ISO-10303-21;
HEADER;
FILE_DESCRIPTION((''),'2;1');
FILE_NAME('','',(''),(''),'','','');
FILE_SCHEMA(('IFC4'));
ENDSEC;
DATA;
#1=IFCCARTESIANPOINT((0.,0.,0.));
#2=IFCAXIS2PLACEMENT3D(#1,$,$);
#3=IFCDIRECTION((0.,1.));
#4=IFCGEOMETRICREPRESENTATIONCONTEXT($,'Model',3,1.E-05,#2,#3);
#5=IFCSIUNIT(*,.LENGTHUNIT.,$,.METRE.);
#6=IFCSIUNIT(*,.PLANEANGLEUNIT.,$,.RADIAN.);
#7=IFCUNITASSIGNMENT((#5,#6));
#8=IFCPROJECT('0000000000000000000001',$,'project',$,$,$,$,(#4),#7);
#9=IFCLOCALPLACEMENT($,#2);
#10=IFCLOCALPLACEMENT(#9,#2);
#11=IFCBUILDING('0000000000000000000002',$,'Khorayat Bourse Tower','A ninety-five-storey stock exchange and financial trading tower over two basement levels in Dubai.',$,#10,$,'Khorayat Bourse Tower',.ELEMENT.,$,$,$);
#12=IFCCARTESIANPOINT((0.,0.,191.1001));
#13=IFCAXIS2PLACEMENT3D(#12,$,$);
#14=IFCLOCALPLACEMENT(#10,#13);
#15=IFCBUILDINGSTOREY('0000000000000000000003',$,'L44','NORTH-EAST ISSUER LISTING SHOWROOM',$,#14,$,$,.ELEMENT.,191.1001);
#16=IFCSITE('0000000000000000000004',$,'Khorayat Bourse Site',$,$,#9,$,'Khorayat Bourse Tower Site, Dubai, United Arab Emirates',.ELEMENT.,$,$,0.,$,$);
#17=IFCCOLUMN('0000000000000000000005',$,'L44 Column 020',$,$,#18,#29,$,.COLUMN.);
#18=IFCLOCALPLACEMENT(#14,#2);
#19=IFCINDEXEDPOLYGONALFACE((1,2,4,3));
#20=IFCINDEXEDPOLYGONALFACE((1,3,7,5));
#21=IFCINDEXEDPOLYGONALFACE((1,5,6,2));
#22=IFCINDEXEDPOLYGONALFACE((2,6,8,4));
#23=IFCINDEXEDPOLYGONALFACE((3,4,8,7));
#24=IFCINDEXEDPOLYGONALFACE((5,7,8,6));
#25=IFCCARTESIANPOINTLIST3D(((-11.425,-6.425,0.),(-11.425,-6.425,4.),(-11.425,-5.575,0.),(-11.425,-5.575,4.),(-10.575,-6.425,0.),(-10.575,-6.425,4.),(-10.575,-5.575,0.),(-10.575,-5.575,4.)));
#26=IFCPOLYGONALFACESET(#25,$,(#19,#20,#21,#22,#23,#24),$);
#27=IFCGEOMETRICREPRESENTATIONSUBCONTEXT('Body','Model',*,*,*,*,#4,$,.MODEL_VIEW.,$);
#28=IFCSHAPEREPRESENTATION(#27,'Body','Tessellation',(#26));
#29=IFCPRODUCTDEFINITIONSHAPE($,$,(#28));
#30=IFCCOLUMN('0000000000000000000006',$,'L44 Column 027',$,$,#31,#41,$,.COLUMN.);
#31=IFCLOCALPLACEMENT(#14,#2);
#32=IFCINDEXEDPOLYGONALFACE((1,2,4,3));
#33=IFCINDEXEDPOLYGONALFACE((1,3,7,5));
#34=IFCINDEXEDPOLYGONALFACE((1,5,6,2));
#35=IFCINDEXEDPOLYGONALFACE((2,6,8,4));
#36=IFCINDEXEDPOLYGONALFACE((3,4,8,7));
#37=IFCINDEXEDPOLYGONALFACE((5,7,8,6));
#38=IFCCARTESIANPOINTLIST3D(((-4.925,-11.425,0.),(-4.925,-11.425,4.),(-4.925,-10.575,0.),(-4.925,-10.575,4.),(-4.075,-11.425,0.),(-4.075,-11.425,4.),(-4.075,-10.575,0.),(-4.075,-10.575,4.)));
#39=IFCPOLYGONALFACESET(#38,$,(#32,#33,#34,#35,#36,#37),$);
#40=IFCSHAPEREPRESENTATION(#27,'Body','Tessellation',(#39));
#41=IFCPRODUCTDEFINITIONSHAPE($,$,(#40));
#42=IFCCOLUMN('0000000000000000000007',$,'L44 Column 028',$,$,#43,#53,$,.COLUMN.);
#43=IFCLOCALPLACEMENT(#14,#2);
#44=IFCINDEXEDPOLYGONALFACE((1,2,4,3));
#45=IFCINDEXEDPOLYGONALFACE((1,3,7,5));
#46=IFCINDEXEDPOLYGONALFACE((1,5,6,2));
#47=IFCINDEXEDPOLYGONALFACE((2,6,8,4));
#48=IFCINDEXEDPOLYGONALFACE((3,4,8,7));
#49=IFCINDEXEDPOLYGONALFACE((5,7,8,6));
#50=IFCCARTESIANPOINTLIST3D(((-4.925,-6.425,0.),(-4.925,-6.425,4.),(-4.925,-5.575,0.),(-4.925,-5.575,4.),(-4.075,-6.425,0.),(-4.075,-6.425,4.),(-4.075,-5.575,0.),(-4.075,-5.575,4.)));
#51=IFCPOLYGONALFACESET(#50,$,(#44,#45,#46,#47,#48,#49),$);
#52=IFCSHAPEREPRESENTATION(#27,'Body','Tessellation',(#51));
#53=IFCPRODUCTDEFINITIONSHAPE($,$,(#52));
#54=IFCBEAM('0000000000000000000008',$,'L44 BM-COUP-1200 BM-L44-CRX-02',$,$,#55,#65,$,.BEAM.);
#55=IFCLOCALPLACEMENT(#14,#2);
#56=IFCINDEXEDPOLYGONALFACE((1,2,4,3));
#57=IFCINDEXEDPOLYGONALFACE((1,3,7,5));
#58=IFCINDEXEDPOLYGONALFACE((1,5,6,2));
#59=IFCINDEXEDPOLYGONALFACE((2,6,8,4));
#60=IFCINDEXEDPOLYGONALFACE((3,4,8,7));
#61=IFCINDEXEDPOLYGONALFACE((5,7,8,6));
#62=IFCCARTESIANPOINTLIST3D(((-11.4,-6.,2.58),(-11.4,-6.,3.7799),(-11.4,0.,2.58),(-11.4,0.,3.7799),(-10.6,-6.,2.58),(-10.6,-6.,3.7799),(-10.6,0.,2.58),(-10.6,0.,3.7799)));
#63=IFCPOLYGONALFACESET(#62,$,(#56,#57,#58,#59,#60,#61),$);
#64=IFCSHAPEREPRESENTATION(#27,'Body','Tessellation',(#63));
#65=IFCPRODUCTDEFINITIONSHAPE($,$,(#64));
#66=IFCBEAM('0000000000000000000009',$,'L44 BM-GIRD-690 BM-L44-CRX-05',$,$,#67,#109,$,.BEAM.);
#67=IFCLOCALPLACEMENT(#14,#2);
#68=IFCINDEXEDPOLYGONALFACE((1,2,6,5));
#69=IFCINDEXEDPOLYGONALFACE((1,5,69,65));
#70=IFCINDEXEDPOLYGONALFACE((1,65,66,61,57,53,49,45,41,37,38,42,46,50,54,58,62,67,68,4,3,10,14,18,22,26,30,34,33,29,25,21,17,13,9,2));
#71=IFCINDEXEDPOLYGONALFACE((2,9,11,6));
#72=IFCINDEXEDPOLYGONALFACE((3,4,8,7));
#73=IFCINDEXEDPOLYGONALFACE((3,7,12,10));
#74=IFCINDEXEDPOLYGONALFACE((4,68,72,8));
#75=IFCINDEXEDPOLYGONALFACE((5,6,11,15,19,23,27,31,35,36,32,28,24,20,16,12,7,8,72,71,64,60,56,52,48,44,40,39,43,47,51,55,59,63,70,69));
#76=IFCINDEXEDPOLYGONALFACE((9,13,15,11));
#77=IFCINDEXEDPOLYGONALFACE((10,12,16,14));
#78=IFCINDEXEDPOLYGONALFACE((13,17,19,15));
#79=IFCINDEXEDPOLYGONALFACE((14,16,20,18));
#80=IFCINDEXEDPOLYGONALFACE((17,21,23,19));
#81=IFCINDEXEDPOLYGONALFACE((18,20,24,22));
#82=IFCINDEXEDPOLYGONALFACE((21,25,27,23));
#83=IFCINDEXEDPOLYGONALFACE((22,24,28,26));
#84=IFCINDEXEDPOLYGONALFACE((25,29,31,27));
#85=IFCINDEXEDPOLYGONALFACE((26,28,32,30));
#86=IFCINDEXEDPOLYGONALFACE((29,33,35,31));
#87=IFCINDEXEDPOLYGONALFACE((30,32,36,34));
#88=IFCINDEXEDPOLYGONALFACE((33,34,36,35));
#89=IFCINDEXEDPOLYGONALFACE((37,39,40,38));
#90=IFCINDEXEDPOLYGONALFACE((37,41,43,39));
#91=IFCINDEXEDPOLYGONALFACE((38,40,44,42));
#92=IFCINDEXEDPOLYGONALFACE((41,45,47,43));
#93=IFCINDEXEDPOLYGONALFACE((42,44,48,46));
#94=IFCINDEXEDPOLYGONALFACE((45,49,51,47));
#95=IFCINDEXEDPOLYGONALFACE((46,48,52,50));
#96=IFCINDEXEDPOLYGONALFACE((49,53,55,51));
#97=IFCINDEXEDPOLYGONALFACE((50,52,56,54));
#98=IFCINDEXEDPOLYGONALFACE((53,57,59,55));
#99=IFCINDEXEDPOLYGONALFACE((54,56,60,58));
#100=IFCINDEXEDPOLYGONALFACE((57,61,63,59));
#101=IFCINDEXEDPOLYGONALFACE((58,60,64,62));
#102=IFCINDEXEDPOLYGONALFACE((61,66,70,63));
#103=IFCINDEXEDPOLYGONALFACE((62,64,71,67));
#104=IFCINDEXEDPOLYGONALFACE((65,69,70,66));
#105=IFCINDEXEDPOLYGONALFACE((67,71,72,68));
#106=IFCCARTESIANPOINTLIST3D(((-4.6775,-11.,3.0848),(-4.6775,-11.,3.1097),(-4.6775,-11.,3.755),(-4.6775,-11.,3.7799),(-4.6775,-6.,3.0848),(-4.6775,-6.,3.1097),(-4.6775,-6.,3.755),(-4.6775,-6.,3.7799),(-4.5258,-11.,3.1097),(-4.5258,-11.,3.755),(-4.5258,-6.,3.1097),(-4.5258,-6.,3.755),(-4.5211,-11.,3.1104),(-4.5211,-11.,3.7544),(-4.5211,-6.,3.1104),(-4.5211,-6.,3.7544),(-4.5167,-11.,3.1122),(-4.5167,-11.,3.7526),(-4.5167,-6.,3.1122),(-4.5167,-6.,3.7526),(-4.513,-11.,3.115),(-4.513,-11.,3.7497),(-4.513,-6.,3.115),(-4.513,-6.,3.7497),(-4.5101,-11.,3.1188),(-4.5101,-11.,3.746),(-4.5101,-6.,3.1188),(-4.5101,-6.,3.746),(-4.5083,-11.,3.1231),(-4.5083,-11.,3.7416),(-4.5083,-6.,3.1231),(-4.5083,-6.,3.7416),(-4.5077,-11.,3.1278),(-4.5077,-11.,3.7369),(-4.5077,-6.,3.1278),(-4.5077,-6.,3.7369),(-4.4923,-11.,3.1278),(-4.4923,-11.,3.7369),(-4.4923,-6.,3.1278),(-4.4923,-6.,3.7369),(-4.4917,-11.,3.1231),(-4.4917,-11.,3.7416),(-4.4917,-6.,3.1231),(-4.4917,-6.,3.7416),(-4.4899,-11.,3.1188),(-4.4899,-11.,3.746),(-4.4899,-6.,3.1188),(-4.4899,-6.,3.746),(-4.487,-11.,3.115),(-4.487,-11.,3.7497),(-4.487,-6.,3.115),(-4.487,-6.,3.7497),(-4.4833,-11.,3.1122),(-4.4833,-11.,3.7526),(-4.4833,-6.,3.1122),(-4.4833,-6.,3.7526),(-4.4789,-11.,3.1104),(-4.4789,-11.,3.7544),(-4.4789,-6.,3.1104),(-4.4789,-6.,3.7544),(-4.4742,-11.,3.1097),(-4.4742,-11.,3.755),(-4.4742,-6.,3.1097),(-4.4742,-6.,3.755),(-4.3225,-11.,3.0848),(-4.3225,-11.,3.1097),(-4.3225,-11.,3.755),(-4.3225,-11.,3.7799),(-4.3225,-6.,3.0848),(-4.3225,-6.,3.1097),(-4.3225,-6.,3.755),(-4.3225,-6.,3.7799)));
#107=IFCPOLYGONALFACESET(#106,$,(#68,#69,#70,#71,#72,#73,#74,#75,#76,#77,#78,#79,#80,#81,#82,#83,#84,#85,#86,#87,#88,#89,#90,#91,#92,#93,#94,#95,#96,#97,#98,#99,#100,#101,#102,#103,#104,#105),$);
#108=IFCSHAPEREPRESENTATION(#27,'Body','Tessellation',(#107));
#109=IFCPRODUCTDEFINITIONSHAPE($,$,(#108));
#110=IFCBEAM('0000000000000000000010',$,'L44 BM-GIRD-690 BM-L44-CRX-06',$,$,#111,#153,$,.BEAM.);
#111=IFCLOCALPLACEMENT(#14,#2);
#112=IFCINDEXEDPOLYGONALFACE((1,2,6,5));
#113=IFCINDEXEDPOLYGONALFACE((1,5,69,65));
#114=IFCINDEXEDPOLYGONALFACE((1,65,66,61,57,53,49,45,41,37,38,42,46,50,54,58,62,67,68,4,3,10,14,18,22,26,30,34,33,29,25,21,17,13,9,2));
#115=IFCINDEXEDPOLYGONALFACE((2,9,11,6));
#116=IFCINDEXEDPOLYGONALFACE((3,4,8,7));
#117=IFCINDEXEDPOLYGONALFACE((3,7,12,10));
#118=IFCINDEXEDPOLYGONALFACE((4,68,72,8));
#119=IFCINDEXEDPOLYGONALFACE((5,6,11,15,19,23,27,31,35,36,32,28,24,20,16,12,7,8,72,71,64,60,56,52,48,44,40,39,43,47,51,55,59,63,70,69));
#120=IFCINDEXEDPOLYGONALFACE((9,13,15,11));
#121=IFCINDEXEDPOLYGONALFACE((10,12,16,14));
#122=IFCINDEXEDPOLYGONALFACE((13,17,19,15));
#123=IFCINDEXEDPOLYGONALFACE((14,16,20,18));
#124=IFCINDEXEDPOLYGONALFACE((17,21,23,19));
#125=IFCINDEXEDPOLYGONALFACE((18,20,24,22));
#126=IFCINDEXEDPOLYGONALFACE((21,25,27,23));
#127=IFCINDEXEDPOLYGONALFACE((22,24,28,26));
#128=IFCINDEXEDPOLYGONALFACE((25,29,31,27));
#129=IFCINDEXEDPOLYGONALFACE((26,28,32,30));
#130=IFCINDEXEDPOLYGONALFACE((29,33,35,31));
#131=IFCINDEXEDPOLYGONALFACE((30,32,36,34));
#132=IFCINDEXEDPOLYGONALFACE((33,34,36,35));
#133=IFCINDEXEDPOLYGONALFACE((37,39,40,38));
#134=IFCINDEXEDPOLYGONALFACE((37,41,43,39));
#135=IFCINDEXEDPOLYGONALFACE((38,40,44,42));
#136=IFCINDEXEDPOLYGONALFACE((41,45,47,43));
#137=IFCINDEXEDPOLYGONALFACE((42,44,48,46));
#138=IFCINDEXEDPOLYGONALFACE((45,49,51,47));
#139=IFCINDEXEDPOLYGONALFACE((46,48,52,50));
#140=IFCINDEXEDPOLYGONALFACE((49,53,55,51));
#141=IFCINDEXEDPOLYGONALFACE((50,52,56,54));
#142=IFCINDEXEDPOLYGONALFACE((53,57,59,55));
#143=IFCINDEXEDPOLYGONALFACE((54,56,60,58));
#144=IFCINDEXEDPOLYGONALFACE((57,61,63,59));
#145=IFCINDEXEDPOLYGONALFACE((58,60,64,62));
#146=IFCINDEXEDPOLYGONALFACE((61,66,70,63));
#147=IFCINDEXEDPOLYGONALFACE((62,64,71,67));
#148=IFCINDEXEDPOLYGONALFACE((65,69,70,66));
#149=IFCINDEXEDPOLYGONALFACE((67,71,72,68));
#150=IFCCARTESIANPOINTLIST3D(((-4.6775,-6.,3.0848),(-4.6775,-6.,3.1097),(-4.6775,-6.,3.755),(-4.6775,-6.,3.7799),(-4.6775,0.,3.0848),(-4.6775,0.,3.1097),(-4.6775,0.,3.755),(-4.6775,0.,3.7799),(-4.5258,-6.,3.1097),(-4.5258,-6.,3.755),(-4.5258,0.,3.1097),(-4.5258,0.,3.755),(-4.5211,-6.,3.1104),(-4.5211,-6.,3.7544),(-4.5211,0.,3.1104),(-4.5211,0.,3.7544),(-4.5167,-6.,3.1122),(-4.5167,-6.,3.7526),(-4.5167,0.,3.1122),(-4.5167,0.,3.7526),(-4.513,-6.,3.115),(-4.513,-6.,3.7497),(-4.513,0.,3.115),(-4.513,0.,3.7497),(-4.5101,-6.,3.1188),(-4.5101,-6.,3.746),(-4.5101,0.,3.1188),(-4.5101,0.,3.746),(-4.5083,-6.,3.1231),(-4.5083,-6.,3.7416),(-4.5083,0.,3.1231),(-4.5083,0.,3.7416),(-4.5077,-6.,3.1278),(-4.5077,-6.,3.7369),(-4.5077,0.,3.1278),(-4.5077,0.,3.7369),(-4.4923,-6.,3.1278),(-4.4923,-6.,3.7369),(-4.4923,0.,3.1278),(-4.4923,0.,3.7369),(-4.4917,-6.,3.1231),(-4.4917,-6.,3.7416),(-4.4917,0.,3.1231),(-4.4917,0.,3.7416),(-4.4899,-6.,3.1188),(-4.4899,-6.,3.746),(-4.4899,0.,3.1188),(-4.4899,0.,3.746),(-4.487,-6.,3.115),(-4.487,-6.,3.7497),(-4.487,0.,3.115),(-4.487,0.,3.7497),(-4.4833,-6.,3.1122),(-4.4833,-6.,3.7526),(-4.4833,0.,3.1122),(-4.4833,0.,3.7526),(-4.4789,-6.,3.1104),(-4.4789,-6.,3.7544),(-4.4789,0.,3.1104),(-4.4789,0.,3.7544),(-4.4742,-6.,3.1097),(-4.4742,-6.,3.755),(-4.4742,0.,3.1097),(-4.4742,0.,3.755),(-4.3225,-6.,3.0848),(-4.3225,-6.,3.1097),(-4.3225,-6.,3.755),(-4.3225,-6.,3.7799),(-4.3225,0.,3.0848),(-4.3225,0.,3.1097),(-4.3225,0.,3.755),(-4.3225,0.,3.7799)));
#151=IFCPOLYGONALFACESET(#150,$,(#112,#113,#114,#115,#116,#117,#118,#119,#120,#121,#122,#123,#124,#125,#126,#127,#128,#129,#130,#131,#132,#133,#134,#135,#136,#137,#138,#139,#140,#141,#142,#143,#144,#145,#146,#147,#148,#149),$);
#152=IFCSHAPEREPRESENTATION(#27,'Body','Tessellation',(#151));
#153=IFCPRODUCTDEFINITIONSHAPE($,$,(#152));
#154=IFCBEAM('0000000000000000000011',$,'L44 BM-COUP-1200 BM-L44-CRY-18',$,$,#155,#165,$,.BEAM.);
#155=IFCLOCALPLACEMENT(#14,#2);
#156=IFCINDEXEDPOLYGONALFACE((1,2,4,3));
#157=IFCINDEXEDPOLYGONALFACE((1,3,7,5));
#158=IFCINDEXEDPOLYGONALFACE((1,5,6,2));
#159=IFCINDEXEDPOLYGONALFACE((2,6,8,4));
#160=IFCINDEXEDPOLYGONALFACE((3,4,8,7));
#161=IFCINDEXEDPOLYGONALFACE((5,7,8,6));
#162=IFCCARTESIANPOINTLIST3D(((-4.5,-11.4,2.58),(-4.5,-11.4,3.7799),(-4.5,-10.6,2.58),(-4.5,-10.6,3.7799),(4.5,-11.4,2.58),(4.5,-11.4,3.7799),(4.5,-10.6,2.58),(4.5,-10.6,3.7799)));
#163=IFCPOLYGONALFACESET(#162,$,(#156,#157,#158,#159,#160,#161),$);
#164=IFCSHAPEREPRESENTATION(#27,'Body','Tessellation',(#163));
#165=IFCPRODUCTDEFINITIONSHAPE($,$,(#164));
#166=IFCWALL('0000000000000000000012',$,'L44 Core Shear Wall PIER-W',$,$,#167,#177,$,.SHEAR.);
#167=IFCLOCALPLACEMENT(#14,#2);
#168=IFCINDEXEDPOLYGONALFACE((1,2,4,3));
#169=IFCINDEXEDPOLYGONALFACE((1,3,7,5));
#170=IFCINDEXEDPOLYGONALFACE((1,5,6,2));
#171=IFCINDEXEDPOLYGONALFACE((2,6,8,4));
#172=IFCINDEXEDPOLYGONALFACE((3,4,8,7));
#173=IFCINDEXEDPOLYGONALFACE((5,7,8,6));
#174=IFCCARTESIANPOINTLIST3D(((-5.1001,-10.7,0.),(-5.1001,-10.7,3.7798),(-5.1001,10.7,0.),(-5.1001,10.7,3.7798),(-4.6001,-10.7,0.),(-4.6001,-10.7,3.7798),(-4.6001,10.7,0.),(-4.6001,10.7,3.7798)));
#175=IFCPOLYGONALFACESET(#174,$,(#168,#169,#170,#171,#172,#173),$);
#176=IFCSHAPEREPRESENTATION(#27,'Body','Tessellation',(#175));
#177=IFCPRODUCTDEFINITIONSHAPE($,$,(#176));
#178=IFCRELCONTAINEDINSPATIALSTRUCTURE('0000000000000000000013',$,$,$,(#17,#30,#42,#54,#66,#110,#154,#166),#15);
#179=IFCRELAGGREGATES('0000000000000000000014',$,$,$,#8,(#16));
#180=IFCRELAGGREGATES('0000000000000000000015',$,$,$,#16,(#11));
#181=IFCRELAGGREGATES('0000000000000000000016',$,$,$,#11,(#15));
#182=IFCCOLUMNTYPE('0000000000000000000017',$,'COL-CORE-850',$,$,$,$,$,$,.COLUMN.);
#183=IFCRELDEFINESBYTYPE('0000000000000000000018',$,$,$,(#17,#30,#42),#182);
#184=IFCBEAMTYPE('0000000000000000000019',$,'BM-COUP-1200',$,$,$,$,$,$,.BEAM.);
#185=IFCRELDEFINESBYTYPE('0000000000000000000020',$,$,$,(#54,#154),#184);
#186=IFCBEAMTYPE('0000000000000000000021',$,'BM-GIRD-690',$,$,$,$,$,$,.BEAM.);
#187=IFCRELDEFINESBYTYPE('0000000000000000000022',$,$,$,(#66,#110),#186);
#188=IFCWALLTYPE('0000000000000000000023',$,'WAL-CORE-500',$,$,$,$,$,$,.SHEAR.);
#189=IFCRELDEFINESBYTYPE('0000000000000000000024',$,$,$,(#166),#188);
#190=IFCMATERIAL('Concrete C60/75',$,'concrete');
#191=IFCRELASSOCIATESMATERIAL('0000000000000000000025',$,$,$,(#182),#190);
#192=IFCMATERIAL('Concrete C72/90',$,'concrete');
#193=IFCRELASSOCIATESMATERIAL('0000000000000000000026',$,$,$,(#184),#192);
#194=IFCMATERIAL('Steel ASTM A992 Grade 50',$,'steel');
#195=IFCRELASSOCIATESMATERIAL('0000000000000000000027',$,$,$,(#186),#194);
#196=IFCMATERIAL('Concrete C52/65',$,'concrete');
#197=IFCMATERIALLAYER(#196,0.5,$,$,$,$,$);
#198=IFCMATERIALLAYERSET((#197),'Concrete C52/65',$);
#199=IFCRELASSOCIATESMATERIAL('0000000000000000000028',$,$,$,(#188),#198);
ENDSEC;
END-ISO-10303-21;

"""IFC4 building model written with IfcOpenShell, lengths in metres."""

from ifc_helpers import new_model, si_unit, direction, frame, frame_2d, origin, origin_2d, place, context, subcontext, project, spatial, rectangle, i_section, extrude, source, transform, mapped, material, layer, layer_set, material_profile, profile_set, type_object, element, save


model = new_model("IFC4")

# Units and contexts
model_context = context("Model", 3, precision=1e-05, world=origin(), true_north=direction((0.0, 1.0)))
body_context = subcontext(model_context, "Body", "Model", "MODEL_VIEW")
ifc_project = project(units=[si_unit("LENGTHUNIT", "METRE"), si_unit("PLANEANGLEUNIT", "RADIAN")], contexts=[model_context])

# Site, building, storey
site_placement = place(None, origin())
site = spatial("IfcSite", under=ifc_project, at=site_placement, Name="Khorayat Bourse Site", LongName="Khorayat Bourse Tower Site, Dubai, United Arab Emirates", CompositionType="ELEMENT", RefElevation=0.0)
building_placement = place(site_placement, origin())
building = spatial("IfcBuilding", under=site, at=building_placement, Name="Khorayat Bourse Tower", Description="A ninety-five-storey stock exchange and financial trading tower over two basement levels in Dubai.", LongName="Khorayat Bourse Tower", CompositionType="ELEMENT")
storey_placement = place(building_placement, frame((0.0, 0.0, 191.1001)))
storey = spatial("IfcBuildingStorey", under=building, at=storey_placement, Name="L44", Description="NORTH-EAST ISSUER LISTING SHOWROOM", CompositionType="ELEMENT", Elevation=191.1001)

# Columns
ifc_material_1 = material(Name="Concrete C60/75", Category="concrete")
ifc_material_profile_1 = material_profile(ifc_material_1, rectangle(XDim=0.8501, YDim=0.8501, at=origin_2d()), Name="RC 850x850")
ifc_profile_set_1 = profile_set([ifc_material_profile_1], Name="Concrete C60/75")
column_type = type_object("IfcColumnType", Name="COL-CORE-850", PredefinedType="COLUMN", material=ifc_profile_set_1)
shared_shape_1 = source(origin(), body_context, "Body", "SweptSolid", [
    extrude(rectangle(XDim=0.8501, YDim=0.8501, at=origin_2d()), origin(), (0.0, 0.0, 1.0), 4.0),
])
for number, where, z_axis, x_axis, name in (
    (1, (-11.0, -6.0, 0.0), (0.0, 0.0, 1.0), (1.0, 0.0, 0.0), "L44 Column 020"),
    (2, (-4.5, -11.0, 0.0), (0.0, 0.0, 1.0), (1.0, 0.0, 0.0), "L44 Column 027"),
    (3, (-4.5, -6.0, 0.0), (0.0, 0.0, 1.0), (1.0, 0.0, 0.0), "L44 Column 028"),
):
    element("IfcColumn", number, at=place(storey_placement, frame(where, z_axis=z_axis, x_axis=x_axis)), inside=storey, type_object=column_type, Name=name, PredefinedType="COLUMN", context=body_context, shape_type="MappedRepresentation", body=[
        mapped(shared_shape_1, transform((0.0, 0.0, 0.0), scale=1.0)),
    ])

# Beams
ifc_material_2 = material(Name="Concrete C72/90", Category="concrete")
ifc_material_profile_2 = material_profile(ifc_material_2, rectangle(XDim=0.8, YDim=1.2, at=origin_2d()), Name="RC 800x1200")
ifc_profile_set_2 = profile_set([ifc_material_profile_2], Name="Concrete C72/90")
beam_type_1 = type_object("IfcBeamType", Name="BM-COUP-1200", PredefinedType="BEAM", material=ifc_profile_set_2)
shared_shape_2 = source(origin(), body_context, "Body", "SweptSolid", [
    extrude(rectangle(XDim=0.8, YDim=1.2, at=origin_2d()), origin(), (0.0, 0.0, 1.0), 6.0),
])
beam_1_placement = place(storey_placement, frame((-11.0, -6.0, 3.1799), z_axis=(0.0, 1.0, 0.0), x_axis=(-1.0, 0.0, 0.0)))
element("IfcBeam", 4, at=beam_1_placement, inside=storey, type_object=beam_type_1, Name="L44 BM-COUP-1200 BM-L44-CRX-02", PredefinedType="BEAM", context=body_context, shape_type="MappedRepresentation", body=[
    mapped(shared_shape_2, transform((0.0, 0.0, 0.0), scale=1.0)),
])
ifc_material_3 = material(Name="Steel ASTM A992 Grade 50", Category="steel")
ifc_material_profile_3 = material_profile(ifc_material_3, i_section(OverallWidth=0.355, OverallDepth=0.6951, WebThickness=0.0154, FlangeThickness=0.0249, FilletRadius=0.0181, at=origin_2d()), Name="W690X217")
ifc_profile_set_3 = profile_set([ifc_material_profile_3], Name="Steel ASTM A992 Grade 50")
beam_type_2 = type_object("IfcBeamType", Name="BM-GIRD-690", PredefinedType="BEAM", material=ifc_profile_set_3)
shared_shape_3 = source(origin(), body_context, "Body", "SweptSolid", [
    extrude(i_section(OverallWidth=0.355, OverallDepth=0.6951, WebThickness=0.0154, FlangeThickness=0.0249, FilletRadius=0.0181, at=origin_2d()), origin(), (0.0, 0.0, 1.0), 5.0),
])
beam_2_placement = place(storey_placement, frame((-4.5, -11.0, 3.4324), z_axis=(0.0, 1.0, 0.0), x_axis=(-1.0, 0.0, 0.0)))
element("IfcBeam", 5, at=beam_2_placement, inside=storey, type_object=beam_type_2, Name="L44 BM-GIRD-690 BM-L44-CRX-05", PredefinedType="BEAM", context=body_context, shape_type="MappedRepresentation", body=[
    mapped(shared_shape_3, transform((0.0, 0.0, 0.0), scale=1.0)),
])
shared_shape_4 = source(origin(), body_context, "Body", "SweptSolid", [
    extrude(i_section(OverallWidth=0.355, OverallDepth=0.6951, WebThickness=0.0154, FlangeThickness=0.0249, FilletRadius=0.0181, at=origin_2d()), origin(), (0.0, 0.0, 1.0), 6.0),
])
beam_3_placement = place(storey_placement, frame((-4.5, -6.0, 3.4324), z_axis=(0.0, 1.0, 0.0), x_axis=(-1.0, 0.0, 0.0)))
element("IfcBeam", 6, at=beam_3_placement, inside=storey, type_object=beam_type_2, Name="L44 BM-GIRD-690 BM-L44-CRX-06", PredefinedType="BEAM", context=body_context, shape_type="MappedRepresentation", body=[
    mapped(shared_shape_4, transform((0.0, 0.0, 0.0), scale=1.0)),
])
shared_shape_5 = source(origin(), body_context, "Body", "SweptSolid", [
    extrude(rectangle(XDim=0.8, YDim=1.2, at=origin_2d()), origin(), (0.0, 0.0, 1.0), 9.0),
])
beam_4_placement = place(storey_placement, frame((-4.5, -11.0, 3.1799), z_axis=(1.0, 0.0, 0.0), x_axis=(0.0, 1.0, 0.0)))
element("IfcBeam", 7, at=beam_4_placement, inside=storey, type_object=beam_type_1, Name="L44 BM-COUP-1200 BM-L44-CRY-18", PredefinedType="BEAM", context=body_context, shape_type="MappedRepresentation", body=[
    mapped(shared_shape_5, transform((0.0, 0.0, 0.0), scale=1.0)),
])

# Wall
ifc_material_4 = material(Name="Concrete C52/65", Category="concrete")
ifc_layer_1 = layer(ifc_material_4, 0.5)
ifc_layer_set_1 = layer_set([ifc_layer_1], Name="Concrete C52/65")
wall_type_1 = type_object("IfcWallType", Name="WAL-CORE-500", PredefinedType="SHEAR", material=ifc_layer_set_1)
shared_shape_6 = source(origin(), body_context, "Body", "SweptSolid", [
    extrude(rectangle(XDim=21.3999, YDim=0.5, at=frame_2d((10.7, 0.0))), origin(), (0.0, 0.0, 1.0), 3.7798),
])
wall_1_placement = place(storey_placement, frame((-4.8501, -10.7, 0.0), z_axis=(0.0, 0.0, 1.0), x_axis=(0.0, 1.0, 0.0)))
element("IfcWall", 8, at=wall_1_placement, inside=storey, type_object=wall_type_1, Name="L44 Core Shear Wall PIER-W", PredefinedType="SHEAR", context=body_context, shape_type="MappedRepresentation", body=[
    mapped(shared_shape_6, transform((0.0, 0.0, 0.0), scale=1.0)),
])

save(model, "model.ifc")
